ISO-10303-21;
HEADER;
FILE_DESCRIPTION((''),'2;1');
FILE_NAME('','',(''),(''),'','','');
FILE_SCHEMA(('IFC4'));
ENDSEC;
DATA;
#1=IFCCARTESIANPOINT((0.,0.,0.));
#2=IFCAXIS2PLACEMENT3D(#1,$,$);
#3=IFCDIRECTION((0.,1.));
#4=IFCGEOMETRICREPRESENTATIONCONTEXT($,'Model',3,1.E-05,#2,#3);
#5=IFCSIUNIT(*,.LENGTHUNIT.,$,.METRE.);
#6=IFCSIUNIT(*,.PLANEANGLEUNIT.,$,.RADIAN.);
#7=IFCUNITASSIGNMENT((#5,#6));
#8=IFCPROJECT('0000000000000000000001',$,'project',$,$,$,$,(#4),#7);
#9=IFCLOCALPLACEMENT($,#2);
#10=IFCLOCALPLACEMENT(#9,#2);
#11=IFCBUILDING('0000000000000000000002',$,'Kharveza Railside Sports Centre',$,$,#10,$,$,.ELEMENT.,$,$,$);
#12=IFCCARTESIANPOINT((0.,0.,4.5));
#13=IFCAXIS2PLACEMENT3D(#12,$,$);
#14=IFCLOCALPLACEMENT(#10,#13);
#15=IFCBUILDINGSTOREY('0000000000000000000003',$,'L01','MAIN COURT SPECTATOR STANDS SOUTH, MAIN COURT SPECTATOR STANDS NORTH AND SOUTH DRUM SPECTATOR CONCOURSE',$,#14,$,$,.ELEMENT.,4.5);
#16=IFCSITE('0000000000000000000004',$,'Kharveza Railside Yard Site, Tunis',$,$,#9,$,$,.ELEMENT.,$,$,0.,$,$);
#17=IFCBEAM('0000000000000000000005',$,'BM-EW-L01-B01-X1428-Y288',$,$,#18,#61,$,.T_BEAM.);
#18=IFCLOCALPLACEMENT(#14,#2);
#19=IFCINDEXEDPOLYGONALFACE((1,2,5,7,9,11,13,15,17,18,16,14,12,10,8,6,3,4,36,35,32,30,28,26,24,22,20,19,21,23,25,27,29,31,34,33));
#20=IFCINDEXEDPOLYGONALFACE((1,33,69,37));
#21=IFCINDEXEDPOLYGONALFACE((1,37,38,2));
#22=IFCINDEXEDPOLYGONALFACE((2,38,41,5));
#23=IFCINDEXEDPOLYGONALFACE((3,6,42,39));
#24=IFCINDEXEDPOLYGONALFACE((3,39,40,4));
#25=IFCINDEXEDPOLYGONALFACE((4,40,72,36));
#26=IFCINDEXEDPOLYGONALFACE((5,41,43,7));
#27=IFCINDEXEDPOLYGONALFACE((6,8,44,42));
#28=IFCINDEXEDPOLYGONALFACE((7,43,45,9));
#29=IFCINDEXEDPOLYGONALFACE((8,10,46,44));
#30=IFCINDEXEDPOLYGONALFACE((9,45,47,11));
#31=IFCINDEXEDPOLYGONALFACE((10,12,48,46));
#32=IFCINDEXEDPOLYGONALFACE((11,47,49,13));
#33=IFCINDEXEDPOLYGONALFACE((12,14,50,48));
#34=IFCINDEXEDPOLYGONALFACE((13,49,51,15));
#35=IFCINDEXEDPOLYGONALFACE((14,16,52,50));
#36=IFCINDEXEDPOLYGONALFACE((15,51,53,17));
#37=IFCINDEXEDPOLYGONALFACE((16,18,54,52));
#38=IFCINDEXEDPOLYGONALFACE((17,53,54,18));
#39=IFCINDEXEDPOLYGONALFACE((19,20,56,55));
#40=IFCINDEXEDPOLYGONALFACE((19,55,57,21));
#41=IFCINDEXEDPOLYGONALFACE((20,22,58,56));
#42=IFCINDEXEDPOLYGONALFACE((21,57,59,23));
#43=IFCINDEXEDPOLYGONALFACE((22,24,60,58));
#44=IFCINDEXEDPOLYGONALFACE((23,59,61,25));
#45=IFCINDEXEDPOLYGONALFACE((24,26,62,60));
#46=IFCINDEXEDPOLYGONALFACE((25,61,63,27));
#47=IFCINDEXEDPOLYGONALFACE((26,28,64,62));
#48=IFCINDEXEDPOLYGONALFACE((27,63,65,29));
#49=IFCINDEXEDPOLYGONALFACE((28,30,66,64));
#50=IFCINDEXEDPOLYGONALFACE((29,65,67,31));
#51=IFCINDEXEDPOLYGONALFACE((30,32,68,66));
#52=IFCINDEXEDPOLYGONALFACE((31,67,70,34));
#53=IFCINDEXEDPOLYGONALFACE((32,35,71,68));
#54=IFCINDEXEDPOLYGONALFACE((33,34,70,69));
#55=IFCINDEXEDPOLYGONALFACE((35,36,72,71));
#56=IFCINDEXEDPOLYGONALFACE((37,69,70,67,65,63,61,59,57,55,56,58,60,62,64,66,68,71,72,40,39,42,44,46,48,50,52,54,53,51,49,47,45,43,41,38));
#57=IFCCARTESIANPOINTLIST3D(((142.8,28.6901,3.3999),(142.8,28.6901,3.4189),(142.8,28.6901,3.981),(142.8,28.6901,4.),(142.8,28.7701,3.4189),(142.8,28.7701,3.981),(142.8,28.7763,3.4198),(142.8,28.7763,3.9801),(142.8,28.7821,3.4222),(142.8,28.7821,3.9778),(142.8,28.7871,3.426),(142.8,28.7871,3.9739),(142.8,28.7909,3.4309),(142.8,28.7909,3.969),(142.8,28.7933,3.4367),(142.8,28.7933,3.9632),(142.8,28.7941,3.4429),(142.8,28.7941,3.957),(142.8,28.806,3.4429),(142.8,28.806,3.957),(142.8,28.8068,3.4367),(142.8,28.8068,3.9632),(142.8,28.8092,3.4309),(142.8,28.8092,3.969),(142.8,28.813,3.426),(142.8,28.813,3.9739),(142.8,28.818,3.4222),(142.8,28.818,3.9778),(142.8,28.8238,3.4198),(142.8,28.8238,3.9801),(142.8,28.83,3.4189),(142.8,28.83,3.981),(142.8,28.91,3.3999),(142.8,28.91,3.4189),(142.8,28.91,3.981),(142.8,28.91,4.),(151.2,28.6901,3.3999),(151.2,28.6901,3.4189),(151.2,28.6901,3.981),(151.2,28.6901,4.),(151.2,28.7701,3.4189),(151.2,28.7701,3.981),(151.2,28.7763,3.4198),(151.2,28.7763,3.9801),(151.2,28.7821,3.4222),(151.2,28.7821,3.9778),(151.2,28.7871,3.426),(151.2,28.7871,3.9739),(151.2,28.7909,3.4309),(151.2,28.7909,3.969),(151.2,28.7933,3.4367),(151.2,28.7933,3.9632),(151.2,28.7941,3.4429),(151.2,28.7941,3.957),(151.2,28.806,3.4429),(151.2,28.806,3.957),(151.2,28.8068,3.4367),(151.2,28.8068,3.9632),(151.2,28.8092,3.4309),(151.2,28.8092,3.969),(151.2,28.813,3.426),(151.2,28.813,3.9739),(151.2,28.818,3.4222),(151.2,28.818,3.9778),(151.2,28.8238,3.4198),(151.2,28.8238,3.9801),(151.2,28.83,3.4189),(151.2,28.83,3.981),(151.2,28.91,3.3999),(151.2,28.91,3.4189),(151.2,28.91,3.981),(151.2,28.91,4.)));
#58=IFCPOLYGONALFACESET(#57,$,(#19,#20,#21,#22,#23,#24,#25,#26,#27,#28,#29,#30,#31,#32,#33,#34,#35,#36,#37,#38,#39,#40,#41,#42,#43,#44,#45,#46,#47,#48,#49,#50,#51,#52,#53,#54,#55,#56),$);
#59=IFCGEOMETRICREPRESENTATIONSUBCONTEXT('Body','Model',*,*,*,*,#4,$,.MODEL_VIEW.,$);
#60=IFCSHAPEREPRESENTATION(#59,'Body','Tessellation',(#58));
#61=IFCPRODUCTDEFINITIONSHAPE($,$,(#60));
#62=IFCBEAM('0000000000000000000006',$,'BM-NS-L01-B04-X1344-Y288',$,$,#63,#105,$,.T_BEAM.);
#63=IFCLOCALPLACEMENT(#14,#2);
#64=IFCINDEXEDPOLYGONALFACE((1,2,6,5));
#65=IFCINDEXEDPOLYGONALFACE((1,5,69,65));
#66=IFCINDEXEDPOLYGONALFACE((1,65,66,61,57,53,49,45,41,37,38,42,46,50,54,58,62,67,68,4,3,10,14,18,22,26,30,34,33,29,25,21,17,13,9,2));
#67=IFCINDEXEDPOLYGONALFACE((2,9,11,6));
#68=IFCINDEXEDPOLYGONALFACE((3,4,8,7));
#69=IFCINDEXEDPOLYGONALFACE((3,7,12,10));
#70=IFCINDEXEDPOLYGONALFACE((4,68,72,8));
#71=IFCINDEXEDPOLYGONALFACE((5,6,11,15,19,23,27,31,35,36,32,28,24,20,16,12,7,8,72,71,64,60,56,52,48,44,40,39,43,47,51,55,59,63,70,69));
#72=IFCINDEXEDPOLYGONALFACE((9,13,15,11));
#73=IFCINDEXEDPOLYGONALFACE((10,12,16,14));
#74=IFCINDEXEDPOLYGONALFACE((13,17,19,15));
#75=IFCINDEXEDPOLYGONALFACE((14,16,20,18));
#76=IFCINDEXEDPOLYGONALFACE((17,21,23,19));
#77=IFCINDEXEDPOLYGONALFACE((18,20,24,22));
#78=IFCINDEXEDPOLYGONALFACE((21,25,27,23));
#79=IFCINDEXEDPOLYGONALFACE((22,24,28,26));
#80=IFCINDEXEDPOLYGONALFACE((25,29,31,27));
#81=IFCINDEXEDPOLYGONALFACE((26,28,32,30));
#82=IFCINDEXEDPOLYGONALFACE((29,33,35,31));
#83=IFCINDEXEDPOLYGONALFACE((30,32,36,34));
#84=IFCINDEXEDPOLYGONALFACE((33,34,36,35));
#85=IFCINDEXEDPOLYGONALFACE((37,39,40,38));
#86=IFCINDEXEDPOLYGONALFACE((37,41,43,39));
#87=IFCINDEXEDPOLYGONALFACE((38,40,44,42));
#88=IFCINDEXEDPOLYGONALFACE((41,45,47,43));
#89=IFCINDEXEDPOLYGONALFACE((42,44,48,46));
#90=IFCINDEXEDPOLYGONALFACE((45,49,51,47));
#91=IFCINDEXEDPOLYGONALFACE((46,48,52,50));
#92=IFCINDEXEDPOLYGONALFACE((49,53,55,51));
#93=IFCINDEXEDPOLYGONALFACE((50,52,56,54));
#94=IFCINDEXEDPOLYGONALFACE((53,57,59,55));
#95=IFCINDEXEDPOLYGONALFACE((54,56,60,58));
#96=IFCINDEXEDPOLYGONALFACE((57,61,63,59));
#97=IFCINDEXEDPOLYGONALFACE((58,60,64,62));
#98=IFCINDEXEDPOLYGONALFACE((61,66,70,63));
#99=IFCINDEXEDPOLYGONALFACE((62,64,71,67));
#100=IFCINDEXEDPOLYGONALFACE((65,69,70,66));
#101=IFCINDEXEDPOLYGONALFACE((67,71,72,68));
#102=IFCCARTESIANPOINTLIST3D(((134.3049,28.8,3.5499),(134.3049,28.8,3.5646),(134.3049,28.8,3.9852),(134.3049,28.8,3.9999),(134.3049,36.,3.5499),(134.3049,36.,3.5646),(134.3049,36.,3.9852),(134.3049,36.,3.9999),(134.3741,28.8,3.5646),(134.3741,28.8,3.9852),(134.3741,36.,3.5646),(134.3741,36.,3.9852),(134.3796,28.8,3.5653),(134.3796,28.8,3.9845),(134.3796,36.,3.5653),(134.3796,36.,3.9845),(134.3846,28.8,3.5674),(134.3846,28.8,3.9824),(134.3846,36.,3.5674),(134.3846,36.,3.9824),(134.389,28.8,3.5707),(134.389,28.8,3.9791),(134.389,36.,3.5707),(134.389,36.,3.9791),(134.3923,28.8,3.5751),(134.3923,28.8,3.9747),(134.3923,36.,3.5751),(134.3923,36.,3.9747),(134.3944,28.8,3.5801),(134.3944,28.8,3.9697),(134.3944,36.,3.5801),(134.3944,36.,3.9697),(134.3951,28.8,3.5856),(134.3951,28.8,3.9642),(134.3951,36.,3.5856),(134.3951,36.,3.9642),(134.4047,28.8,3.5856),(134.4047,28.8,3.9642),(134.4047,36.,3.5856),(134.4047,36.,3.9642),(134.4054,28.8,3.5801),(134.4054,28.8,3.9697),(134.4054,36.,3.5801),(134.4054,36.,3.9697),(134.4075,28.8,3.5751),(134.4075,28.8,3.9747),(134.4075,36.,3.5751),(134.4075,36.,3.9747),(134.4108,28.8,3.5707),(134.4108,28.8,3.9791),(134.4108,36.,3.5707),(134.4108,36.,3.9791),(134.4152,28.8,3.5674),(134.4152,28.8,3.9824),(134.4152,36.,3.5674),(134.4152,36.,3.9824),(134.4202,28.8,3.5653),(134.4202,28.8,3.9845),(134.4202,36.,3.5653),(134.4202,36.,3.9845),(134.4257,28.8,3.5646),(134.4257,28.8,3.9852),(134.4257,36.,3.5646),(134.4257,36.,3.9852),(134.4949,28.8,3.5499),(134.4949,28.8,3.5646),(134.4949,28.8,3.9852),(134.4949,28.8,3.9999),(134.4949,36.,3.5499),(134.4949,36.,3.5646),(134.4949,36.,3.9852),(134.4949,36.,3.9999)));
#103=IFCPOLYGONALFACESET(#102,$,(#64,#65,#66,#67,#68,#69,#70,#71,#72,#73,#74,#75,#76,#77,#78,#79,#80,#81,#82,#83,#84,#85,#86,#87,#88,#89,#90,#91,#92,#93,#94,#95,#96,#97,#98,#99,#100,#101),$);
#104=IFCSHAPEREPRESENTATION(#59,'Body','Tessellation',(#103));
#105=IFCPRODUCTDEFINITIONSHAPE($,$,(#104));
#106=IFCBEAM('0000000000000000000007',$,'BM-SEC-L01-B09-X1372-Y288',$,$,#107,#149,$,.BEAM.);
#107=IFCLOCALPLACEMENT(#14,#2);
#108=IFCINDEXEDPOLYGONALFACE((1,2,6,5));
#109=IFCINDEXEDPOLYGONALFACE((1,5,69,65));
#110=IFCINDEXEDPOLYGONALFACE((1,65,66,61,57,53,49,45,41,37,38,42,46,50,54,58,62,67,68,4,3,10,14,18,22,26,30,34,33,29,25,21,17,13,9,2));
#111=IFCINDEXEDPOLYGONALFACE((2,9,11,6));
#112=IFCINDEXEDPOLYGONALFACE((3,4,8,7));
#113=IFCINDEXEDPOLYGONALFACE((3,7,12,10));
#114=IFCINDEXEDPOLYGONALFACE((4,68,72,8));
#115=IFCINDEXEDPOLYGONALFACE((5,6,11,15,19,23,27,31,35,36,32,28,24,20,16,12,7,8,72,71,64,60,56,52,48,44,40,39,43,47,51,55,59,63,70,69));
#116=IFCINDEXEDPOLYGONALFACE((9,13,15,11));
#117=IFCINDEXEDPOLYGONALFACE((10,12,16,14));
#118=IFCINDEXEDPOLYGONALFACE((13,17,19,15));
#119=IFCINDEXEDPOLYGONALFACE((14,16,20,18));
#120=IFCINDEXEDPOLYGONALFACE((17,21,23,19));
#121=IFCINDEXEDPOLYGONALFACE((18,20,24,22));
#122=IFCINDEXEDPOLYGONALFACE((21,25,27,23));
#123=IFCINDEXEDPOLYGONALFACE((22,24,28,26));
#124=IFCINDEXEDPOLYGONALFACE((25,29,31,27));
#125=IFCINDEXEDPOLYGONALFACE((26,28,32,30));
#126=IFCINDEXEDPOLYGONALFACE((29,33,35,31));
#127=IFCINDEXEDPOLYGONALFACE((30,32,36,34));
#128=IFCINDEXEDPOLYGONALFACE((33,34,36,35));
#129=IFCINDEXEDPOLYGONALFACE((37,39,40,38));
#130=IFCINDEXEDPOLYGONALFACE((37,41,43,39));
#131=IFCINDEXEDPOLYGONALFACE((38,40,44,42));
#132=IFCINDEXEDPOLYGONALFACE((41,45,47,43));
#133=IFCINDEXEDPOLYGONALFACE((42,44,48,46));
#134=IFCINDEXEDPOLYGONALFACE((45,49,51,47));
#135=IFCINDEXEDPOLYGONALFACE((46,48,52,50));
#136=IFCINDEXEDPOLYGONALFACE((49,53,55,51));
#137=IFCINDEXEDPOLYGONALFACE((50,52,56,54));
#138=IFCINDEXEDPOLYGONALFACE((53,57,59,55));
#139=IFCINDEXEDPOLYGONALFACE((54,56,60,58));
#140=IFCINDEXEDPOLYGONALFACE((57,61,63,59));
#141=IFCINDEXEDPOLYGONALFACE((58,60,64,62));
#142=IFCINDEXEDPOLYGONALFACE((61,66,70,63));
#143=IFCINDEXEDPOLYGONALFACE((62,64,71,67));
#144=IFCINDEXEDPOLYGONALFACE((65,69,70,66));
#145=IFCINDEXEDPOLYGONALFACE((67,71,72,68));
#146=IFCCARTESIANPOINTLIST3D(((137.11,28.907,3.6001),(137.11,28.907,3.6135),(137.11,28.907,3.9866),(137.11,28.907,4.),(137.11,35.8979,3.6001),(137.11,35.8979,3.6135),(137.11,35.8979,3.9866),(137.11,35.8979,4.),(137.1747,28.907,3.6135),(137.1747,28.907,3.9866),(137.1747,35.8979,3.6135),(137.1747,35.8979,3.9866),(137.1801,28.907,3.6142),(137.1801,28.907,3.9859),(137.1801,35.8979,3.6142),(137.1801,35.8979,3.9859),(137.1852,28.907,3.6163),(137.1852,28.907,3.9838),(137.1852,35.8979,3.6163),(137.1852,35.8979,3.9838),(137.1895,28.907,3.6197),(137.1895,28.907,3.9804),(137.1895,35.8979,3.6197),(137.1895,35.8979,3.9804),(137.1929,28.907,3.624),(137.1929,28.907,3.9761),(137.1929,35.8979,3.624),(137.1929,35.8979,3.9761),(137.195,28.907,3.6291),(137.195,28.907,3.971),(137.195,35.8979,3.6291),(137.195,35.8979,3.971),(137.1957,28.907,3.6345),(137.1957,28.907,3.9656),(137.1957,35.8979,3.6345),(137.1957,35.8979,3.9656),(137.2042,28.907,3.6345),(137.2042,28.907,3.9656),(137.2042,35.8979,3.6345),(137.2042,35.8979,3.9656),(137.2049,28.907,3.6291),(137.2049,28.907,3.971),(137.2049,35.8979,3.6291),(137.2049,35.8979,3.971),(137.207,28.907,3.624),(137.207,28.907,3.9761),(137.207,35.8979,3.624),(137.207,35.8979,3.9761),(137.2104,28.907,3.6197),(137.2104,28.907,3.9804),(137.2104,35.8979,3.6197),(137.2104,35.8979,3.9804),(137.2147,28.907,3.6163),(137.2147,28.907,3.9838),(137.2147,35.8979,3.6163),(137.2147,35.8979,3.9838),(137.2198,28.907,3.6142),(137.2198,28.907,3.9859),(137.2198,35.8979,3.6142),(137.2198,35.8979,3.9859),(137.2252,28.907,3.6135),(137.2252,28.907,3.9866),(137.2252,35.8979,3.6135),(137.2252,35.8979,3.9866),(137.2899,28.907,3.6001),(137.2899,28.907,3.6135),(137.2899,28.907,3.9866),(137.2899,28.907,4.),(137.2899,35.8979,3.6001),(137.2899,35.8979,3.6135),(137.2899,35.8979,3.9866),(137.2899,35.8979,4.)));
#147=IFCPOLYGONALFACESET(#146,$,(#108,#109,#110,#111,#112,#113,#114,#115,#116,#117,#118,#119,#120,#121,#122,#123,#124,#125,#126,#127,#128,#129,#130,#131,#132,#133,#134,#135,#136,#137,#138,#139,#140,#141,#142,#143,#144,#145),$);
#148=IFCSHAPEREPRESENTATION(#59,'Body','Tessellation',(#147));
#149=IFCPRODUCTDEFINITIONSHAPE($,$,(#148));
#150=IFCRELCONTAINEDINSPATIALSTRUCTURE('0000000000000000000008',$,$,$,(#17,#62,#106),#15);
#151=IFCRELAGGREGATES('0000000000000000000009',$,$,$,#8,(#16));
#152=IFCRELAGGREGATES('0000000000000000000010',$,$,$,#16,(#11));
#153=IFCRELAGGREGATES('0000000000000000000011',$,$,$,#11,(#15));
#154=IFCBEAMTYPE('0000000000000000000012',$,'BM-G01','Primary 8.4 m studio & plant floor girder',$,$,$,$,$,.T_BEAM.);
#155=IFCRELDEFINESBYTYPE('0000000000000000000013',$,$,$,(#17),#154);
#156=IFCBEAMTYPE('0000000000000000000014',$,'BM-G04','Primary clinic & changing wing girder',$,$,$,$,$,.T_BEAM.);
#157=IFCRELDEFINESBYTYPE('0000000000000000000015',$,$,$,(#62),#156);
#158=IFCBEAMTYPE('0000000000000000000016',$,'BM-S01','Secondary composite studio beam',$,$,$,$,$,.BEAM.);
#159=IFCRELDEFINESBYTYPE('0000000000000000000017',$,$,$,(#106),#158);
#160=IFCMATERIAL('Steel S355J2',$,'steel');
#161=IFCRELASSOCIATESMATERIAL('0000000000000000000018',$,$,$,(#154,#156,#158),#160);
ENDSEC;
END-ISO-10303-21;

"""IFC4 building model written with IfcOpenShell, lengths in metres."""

from ifc_helpers import new_model, si_unit, direction, frame, origin, origin_2d, place, context, subcontext, project, spatial, i_section, extrude, material, material_profile, profile_set, type_object, element, save


model = new_model("IFC4")

# Units and contexts
model_context = context("Model", 3, precision=1e-05, world=origin(), true_north=direction((0.0, 1.0)))
body_context = subcontext(model_context, "Body", "Model", "MODEL_VIEW")
ifc_project = project(units=[si_unit("LENGTHUNIT", "METRE"), si_unit("PLANEANGLEUNIT", "RADIAN")], contexts=[model_context])

# Site, building, storey
site_placement = place(None, origin())
site = spatial("IfcSite", under=ifc_project, at=site_placement, Name="Kharveza Railside Yard Site, Tunis", CompositionType="ELEMENT", RefElevation=0.0)
building_placement = place(site_placement, origin())
building = spatial("IfcBuilding", under=site, at=building_placement, Name="Kharveza Railside Sports Centre", CompositionType="ELEMENT")
storey_placement = place(building_placement, frame((0.0, 0.0, 4.5)))
storey = spatial("IfcBuildingStorey", under=building, at=storey_placement, Name="L01", Description="MAIN COURT SPECTATOR STANDS SOUTH, MAIN COURT SPECTATOR STANDS NORTH AND SOUTH DRUM SPECTATOR CONCOURSE", CompositionType="ELEMENT", Elevation=4.5)

# Shared definitions
ifc_material_1 = material(Name="Steel S355J2", Category="steel")

# Beams
ifc_material_profile_1 = material_profile(ifc_material_1, i_section(OverallWidth=0.22, OverallDepth=0.6001, WebThickness=0.012, FlangeThickness=0.019, FilletRadius=0.0239, at=origin_2d()), Name="IPE 600")
ifc_profile_set_1 = profile_set([ifc_material_profile_1], Name="Steel S355J2")
beam_type_1 = type_object("IfcBeamType", Name="BM-G01", Description="Primary 8.4 m studio & plant floor girder", PredefinedType="T_BEAM", material=ifc_profile_set_1)
beam_1_placement = place(storey_placement, frame((142.8, 28.8, 3.7), z_axis=(1.0, 0.0, 0.0), x_axis=(0.0, 1.0, 0.0)))
element("IfcBeam", 1, at=beam_1_placement, inside=storey, type_object=beam_type_1, Name="BM-EW-L01-B01-X1428-Y288", PredefinedType="T_BEAM", context=body_context, shape_type="SweptSolid", body=[
    extrude(i_section(OverallWidth=0.22, OverallDepth=0.6001, WebThickness=0.012, FlangeThickness=0.019, FilletRadius=0.0239, at=origin_2d()), origin(), (0.0, 0.0, 1.0), 8.3999),
])
ifc_material_profile_2 = material_profile(ifc_material_1, i_section(OverallWidth=0.1899, OverallDepth=0.45, WebThickness=0.0095, FlangeThickness=0.0146, FilletRadius=0.021, at=origin_2d()), Name="IPE 450")
ifc_profile_set_2 = profile_set([ifc_material_profile_2], Name="Steel S355J2")
beam_type_2 = type_object("IfcBeamType", Name="BM-G04", Description="Primary clinic & changing wing girder", PredefinedType="T_BEAM", material=ifc_profile_set_2)
beam_2_placement = place(storey_placement, frame((134.3999, 28.8, 3.7749), z_axis=(0.0, 1.0, 0.0), x_axis=(-1.0, 0.0, 0.0)))
element("IfcBeam", 2, at=beam_2_placement, inside=storey, type_object=beam_type_2, Name="BM-NS-L01-B04-X1344-Y288", PredefinedType="T_BEAM", context=body_context, shape_type="SweptSolid", body=[
    extrude(i_section(OverallWidth=0.1899, OverallDepth=0.45, WebThickness=0.0095, FlangeThickness=0.0146, FilletRadius=0.021, at=origin_2d()), origin(), (0.0, 0.0, 1.0), 7.2),
])
ifc_material_profile_3 = material_profile(ifc_material_1, i_section(OverallWidth=0.1799, OverallDepth=0.3999, WebThickness=0.0085, FlangeThickness=0.0134, FilletRadius=0.021, at=origin_2d()), Name="IPE 400")
ifc_profile_set_3 = profile_set([ifc_material_profile_3], Name="Steel S355J2")
beam_type_3 = type_object("IfcBeamType", Name="BM-S01", Description="Secondary composite studio beam", PredefinedType="BEAM", material=ifc_profile_set_3)
beam_3_placement = place(storey_placement, frame((137.2, 28.907, 3.8), z_axis=(0.0, 1.0, 0.0), x_axis=(-1.0, 0.0, 0.0)))
element("IfcBeam", 3, at=beam_3_placement, inside=storey, type_object=beam_type_3, Name="BM-SEC-L01-B09-X1372-Y288", PredefinedType="BEAM", context=body_context, shape_type="SweptSolid", body=[
    extrude(i_section(OverallWidth=0.1799, OverallDepth=0.3999, WebThickness=0.0085, FlangeThickness=0.0134, FilletRadius=0.021, at=origin_2d()), origin(), (0.0, 0.0, 1.0), 6.991),
])

save(model, "model.ifc")
